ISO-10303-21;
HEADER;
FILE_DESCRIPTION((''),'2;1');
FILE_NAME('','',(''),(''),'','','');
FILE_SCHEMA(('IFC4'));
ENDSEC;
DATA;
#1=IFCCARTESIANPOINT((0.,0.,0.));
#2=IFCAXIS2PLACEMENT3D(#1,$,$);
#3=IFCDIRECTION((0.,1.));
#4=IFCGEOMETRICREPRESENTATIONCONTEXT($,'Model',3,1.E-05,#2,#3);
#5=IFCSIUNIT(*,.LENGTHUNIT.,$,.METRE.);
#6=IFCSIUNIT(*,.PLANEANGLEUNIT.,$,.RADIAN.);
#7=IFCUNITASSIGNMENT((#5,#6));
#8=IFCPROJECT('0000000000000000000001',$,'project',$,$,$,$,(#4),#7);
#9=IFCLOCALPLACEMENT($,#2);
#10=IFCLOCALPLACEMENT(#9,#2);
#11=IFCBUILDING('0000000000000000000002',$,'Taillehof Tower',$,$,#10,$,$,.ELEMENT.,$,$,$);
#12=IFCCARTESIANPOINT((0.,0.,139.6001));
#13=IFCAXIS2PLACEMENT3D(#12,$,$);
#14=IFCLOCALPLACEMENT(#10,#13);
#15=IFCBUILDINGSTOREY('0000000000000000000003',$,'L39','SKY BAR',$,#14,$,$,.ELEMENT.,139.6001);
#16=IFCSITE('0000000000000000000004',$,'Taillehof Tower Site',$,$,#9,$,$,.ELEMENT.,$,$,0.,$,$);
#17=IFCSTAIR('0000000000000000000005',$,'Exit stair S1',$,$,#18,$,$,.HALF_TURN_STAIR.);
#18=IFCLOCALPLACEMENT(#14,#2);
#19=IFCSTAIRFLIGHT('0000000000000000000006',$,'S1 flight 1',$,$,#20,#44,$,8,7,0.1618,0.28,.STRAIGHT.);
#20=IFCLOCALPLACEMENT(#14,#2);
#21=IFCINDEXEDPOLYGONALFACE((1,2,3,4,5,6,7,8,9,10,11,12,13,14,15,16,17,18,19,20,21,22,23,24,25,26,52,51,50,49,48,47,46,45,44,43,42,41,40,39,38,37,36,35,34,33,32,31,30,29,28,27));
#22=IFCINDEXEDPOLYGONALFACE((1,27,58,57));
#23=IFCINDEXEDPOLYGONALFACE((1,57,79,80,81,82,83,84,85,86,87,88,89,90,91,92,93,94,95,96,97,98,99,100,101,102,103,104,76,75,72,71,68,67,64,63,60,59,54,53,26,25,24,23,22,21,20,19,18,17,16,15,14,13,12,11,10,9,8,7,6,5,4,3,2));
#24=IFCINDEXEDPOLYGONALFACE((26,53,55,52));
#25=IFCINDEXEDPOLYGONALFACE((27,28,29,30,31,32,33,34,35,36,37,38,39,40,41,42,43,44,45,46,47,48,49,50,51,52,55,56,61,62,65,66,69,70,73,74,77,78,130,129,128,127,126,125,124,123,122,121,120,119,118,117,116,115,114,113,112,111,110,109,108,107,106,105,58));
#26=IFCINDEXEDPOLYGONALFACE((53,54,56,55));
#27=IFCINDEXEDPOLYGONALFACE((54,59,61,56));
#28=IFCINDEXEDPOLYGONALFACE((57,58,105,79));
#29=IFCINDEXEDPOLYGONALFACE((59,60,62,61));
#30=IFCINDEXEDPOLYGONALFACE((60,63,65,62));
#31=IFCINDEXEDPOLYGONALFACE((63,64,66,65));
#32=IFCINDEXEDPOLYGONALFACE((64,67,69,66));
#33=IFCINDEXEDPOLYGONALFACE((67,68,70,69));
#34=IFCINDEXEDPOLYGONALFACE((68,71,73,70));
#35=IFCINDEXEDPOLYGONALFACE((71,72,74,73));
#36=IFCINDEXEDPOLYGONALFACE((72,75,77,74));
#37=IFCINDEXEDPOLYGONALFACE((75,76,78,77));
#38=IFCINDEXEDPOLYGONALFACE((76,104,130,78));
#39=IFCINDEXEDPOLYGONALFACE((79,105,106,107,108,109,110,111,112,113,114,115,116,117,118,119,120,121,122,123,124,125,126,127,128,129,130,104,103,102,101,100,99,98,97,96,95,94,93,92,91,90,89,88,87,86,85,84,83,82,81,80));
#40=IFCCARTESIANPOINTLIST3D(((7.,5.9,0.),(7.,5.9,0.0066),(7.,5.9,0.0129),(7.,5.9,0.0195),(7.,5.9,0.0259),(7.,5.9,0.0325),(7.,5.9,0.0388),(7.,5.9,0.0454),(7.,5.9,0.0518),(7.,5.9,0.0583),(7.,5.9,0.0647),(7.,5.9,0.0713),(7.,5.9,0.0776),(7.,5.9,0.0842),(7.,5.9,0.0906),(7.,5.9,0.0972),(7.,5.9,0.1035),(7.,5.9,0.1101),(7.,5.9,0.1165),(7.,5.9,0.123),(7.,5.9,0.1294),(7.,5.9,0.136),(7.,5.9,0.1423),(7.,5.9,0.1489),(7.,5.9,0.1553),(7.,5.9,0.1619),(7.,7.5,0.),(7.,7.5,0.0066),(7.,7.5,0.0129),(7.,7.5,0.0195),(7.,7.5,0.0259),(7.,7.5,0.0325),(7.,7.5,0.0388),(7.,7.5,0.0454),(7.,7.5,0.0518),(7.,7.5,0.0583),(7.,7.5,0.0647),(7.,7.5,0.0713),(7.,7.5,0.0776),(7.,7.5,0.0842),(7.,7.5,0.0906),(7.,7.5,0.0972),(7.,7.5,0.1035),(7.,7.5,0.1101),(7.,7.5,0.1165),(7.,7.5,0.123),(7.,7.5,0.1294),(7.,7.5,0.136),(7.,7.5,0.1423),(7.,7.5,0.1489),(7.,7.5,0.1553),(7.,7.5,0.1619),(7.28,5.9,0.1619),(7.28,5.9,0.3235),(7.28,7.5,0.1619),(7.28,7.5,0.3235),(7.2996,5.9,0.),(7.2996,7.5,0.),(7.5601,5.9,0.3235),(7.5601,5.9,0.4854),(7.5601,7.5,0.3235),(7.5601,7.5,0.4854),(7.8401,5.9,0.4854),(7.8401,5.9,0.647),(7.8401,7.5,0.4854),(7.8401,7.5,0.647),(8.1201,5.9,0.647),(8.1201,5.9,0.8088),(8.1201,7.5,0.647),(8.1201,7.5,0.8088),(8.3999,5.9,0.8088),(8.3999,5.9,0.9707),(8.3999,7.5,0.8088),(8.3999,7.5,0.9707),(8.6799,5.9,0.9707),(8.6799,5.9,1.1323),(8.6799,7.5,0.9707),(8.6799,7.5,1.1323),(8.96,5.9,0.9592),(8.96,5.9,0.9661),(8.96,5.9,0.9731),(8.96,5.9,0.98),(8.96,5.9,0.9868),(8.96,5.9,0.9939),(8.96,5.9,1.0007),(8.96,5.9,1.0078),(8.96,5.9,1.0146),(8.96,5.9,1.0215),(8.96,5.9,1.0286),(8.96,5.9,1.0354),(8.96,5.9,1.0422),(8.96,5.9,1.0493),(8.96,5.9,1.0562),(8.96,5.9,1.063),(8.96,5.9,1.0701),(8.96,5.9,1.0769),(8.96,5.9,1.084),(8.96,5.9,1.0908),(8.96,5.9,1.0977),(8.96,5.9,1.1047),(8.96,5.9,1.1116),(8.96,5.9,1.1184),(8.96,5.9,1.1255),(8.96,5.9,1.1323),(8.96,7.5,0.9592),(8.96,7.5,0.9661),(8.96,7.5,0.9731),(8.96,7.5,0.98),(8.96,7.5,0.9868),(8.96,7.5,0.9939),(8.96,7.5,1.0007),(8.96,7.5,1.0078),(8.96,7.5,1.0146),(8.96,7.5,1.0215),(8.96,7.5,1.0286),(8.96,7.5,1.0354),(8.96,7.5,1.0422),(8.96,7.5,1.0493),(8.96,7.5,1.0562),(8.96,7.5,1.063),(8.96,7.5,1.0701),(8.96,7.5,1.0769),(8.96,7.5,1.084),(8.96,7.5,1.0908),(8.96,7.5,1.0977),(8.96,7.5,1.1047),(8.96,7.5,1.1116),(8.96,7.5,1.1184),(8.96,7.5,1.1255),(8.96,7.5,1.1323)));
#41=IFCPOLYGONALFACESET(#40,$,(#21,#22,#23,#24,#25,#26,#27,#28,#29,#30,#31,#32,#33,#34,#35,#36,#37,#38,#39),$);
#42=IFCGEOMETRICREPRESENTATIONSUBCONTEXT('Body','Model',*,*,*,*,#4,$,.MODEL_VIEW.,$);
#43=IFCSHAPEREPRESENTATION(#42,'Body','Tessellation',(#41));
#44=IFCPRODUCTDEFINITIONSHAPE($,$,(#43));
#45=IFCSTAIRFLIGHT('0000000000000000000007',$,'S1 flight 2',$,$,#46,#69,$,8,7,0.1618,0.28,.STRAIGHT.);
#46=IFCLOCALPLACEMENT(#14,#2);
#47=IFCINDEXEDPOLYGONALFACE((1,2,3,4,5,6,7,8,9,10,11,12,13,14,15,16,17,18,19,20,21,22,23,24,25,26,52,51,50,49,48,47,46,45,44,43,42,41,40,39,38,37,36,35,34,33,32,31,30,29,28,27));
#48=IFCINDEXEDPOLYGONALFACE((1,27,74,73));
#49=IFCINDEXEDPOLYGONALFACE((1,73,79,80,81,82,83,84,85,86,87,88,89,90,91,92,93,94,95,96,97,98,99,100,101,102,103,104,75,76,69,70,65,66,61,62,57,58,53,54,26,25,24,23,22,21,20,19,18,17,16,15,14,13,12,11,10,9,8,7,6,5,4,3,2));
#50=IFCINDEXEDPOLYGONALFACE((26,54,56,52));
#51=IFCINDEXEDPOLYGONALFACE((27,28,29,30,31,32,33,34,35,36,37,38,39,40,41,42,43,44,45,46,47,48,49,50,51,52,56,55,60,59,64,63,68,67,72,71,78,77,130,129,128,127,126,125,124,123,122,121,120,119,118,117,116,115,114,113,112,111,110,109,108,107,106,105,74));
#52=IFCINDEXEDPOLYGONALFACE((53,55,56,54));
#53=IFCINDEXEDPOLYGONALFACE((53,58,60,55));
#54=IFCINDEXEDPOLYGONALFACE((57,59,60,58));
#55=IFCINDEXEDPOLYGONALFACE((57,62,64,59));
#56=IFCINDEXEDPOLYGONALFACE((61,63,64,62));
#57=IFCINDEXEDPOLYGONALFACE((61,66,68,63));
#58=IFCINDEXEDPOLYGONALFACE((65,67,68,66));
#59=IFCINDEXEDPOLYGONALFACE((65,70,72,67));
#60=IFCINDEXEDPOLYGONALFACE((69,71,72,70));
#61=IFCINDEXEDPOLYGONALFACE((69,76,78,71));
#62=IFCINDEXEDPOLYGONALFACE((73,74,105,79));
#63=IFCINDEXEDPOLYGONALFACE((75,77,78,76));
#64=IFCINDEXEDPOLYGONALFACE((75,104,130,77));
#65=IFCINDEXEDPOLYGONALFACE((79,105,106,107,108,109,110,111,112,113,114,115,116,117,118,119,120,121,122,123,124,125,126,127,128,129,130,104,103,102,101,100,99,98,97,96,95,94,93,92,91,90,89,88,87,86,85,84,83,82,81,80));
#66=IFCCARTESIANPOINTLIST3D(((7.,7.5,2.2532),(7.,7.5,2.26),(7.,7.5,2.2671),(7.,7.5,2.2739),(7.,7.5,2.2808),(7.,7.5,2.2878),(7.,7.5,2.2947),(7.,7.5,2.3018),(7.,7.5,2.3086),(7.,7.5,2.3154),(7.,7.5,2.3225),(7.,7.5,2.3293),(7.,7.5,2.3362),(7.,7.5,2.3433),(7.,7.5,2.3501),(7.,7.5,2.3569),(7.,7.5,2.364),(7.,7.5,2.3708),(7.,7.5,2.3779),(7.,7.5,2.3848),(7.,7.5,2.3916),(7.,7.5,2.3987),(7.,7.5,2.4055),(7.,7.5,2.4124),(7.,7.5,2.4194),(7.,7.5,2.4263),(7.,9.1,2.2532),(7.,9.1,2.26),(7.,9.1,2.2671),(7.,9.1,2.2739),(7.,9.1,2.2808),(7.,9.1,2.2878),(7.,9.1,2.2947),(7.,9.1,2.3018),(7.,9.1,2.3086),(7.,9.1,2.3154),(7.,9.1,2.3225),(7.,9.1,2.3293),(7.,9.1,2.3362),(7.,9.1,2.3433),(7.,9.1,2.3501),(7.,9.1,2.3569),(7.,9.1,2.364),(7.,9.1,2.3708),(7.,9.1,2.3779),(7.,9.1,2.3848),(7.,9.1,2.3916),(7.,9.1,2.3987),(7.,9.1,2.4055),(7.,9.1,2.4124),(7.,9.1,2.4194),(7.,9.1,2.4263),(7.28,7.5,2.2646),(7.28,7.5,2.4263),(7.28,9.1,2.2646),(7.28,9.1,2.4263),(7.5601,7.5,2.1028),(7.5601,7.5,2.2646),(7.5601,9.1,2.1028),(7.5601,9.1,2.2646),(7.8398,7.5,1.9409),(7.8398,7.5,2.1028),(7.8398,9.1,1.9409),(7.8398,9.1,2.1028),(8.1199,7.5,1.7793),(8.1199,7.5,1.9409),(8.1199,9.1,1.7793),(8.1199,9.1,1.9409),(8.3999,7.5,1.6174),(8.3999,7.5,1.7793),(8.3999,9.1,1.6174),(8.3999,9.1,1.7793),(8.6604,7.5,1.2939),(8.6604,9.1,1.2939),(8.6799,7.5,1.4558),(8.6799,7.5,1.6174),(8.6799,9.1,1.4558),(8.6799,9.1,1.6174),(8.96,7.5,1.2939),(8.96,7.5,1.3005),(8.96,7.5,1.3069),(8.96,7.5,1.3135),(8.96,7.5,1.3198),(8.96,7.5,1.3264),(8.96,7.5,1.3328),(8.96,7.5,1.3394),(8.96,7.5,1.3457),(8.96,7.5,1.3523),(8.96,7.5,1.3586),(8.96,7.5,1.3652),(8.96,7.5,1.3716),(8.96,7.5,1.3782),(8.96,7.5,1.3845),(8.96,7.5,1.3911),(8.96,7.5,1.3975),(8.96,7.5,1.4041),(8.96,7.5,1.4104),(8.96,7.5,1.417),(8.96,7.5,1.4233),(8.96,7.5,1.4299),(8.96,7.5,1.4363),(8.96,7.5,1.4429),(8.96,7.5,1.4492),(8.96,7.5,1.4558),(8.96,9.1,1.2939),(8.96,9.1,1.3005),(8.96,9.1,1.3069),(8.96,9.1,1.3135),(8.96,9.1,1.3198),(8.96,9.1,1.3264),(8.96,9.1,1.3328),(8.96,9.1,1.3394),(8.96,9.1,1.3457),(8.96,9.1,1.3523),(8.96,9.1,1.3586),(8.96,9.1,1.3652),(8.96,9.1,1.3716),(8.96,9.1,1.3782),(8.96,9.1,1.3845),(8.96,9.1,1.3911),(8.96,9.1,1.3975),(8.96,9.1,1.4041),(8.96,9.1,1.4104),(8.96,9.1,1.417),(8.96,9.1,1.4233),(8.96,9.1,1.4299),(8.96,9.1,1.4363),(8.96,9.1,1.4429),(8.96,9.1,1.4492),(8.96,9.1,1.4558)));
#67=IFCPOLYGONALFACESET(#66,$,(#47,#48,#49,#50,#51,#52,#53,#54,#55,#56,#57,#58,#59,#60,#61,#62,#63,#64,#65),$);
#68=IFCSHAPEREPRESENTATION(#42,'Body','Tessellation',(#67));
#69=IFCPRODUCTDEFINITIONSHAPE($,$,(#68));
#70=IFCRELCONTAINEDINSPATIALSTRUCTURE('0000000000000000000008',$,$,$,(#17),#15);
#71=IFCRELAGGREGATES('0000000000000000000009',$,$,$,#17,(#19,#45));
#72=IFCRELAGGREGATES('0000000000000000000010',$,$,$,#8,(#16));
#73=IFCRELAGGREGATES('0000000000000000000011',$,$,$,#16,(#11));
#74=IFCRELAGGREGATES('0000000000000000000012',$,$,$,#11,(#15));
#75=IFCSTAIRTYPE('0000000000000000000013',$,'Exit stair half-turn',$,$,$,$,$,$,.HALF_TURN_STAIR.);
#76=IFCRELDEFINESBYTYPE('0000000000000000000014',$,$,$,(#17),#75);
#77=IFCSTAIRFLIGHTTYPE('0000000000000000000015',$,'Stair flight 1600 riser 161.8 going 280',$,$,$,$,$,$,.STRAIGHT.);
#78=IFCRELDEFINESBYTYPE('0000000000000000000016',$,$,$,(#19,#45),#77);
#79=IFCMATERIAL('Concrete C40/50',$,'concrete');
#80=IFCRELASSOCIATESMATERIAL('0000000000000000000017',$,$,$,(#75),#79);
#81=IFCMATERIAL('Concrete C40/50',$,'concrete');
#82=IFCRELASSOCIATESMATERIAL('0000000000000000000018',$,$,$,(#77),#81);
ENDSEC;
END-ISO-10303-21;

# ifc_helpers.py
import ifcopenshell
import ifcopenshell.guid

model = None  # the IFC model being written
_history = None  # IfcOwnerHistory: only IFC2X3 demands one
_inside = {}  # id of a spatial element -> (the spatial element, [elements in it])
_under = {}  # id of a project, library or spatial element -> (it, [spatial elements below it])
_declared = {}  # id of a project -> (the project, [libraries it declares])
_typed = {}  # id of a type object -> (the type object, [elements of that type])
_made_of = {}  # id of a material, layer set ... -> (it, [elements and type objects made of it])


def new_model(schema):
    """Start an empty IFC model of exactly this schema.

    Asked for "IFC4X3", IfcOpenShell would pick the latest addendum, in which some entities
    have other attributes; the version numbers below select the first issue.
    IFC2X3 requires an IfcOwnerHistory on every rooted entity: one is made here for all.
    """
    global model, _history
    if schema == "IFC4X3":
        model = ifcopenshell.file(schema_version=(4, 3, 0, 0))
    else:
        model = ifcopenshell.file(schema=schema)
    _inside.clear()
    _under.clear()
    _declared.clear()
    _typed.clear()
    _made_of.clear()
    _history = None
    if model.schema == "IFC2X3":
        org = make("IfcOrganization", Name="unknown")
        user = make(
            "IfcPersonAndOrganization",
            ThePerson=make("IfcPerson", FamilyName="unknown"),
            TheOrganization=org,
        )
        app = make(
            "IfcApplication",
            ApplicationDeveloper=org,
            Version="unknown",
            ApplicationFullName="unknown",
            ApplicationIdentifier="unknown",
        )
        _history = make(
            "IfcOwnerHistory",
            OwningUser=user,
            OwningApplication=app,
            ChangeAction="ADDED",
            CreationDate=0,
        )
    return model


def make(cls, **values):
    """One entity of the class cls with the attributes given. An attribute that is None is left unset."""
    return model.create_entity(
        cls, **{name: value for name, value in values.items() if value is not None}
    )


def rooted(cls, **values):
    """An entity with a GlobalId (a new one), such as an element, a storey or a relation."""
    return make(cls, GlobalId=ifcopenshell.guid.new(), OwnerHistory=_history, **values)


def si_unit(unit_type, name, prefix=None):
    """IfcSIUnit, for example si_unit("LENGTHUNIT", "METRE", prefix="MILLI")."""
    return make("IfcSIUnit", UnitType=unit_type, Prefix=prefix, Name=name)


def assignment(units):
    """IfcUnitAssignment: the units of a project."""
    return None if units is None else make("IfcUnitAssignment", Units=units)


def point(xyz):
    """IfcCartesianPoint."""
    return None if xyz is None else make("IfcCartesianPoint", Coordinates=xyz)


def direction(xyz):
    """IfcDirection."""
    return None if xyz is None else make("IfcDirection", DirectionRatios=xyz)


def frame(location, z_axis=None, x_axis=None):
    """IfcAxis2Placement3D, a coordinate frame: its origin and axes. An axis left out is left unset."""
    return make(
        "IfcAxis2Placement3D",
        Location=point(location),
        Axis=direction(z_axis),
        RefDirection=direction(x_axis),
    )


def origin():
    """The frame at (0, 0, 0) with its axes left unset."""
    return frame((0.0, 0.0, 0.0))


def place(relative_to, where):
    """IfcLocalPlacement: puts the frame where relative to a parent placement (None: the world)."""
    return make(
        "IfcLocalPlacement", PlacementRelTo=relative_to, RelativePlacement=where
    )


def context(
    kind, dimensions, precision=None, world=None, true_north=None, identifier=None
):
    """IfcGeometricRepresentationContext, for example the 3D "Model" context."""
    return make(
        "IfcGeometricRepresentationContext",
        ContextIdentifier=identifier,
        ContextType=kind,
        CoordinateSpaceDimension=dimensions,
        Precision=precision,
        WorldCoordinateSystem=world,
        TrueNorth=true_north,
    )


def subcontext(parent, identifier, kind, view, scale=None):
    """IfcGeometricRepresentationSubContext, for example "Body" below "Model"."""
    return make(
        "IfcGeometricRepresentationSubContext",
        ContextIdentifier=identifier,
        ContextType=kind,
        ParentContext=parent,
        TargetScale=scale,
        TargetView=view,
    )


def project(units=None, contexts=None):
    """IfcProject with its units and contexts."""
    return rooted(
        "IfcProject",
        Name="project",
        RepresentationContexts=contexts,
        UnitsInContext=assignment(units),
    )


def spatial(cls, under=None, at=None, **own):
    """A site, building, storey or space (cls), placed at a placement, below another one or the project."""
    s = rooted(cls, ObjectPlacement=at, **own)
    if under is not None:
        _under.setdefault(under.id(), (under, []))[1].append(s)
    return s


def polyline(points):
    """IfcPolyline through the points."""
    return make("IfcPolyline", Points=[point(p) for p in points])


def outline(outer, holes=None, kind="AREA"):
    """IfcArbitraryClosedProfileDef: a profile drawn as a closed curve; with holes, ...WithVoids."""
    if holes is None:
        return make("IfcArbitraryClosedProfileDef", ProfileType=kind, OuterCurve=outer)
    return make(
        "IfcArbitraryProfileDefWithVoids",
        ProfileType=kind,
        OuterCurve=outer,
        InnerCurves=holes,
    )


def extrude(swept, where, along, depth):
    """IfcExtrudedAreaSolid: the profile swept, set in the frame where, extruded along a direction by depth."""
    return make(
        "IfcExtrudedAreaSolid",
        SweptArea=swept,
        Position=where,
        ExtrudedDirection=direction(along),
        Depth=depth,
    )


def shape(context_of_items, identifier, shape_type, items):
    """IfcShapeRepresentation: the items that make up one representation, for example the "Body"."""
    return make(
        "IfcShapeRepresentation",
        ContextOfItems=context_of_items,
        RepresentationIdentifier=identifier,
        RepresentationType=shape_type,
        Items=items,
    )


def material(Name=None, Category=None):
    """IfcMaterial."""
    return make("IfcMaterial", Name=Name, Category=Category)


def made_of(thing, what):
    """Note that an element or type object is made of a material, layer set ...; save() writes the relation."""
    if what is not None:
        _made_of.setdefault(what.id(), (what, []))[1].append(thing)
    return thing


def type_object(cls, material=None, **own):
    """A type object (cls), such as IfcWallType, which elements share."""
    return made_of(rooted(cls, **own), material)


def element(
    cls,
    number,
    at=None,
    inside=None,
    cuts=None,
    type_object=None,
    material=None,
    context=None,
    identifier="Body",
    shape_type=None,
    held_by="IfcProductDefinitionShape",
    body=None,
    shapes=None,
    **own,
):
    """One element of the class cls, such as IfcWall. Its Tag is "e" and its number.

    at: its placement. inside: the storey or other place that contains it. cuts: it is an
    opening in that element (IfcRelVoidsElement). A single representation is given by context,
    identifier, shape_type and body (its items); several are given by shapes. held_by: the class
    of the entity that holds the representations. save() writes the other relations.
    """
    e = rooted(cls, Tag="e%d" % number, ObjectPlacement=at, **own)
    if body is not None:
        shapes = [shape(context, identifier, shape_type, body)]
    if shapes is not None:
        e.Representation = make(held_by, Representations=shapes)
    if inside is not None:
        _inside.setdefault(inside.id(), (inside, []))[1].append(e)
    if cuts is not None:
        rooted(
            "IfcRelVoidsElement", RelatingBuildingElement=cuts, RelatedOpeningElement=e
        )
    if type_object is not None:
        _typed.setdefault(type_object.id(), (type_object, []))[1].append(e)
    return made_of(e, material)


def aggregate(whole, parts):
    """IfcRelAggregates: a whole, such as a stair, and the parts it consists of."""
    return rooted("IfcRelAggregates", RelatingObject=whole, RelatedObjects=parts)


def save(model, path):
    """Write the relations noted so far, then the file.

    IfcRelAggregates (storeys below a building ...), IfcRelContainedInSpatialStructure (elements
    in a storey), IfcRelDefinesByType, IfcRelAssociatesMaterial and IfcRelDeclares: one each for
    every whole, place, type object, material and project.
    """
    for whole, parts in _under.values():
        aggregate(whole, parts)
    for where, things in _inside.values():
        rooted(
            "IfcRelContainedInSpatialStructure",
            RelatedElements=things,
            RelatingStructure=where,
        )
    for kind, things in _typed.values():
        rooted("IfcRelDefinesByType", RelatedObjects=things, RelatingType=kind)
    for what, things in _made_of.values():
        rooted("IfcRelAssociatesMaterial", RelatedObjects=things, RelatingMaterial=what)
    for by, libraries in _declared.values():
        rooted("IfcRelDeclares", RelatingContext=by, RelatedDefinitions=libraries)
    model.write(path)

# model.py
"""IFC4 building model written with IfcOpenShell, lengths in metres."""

from ifc_helpers import new_model, si_unit, direction, frame, origin, place, context, subcontext, project, spatial, polyline, outline, extrude, material, type_object, element, aggregate, save


model = new_model("IFC4")

# Units and contexts
model_context = context("Model", 3, precision=1e-05, world=origin(), true_north=direction((0.0, 1.0)))
body_context = subcontext(model_context, "Body", "Model", "MODEL_VIEW")
ifc_project = project(units=[si_unit("LENGTHUNIT", "METRE"), si_unit("PLANEANGLEUNIT", "RADIAN")], contexts=[model_context])

# Site, building, storey
site_placement = place(None, origin())
site = spatial("IfcSite", under=ifc_project, at=site_placement, Name="Taillehof Tower Site", CompositionType="ELEMENT", RefElevation=0.0)
building_placement = place(site_placement, origin())
building = spatial("IfcBuilding", under=site, at=building_placement, Name="Taillehof Tower", CompositionType="ELEMENT")
storey_placement = place(building_placement, frame((0.0, 0.0, 139.6001)))
storey = spatial("IfcBuildingStorey", under=building, at=storey_placement, Name="L39", Description="SKY BAR", CompositionType="ELEMENT", Elevation=139.6001)

# Stair, stair flights
ifc_material_1 = material(Name="Concrete C40/50", Category="concrete")
stair_type = type_object("IfcStairType", Name="Exit stair half-turn", PredefinedType="HALF_TURN_STAIR", material=ifc_material_1)
stair_placement = place(storey_placement, origin())
stair = element("IfcStair", 1, at=stair_placement, inside=storey, type_object=stair_type, Name="Exit stair S1", PredefinedType="HALF_TURN_STAIR")
ifc_material_2 = material(Name="Concrete C40/50", Category="concrete")
stair_flight_type = type_object("IfcStairFlightType", Name="Stair flight 1600 riser 161.8 going 280", PredefinedType="STRAIGHT", material=ifc_material_2)
stair_flight_1_placement = place(storey_placement, frame((7.0, 6.7, 0.0), z_axis=(0.0, 0.0, 1.0), x_axis=(1.0, 0.0, 0.0)))
stair_flight_1 = element("IfcStairFlight", 2, at=stair_flight_1_placement, type_object=stair_flight_type, Name="S1 flight 1", NumberOfRisers=8, NumberOfTreads=7, PredefinedType="STRAIGHT", RiserHeight=0.1618, TreadLength=0.28, context=body_context, shape_type="SweptSolid", body=[
    extrude(outline(polyline([(0.0, 0.0), (0.0, 0.0066), (0.0, 0.0129), (0.0, 0.0195), (0.0, 0.0259), (0.0, 0.0325), (0.0, 0.0388), (0.0, 0.0454), (0.0, 0.0518), (0.0, 0.0583), (0.0, 0.0647), (0.0, 0.0713), (0.0, 0.0776), (0.0, 0.0842), (0.0, 0.0906), (0.0, 0.0972), (0.0, 0.1035), (0.0, 0.1101), (0.0, 0.1165), (0.0, 0.123), (0.0, 0.1294), (0.0, 0.136), (0.0, 0.1423), (0.0, 0.1489), (0.0, 0.1553), (0.0, 0.1619), (0.28, 0.1619), (0.28, 0.3235), (0.5601, 0.3235), (0.5601, 0.4854), (0.8401, 0.4854), (0.8401, 0.647), (1.1201, 0.647), (1.1201, 0.8088), (1.3999, 0.8088), (1.3999, 0.9707), (1.6799, 0.9707), (1.6799, 1.1323), (1.96, 1.1323), (1.96, 1.1255), (1.96, 1.1184), (1.96, 1.1116), (1.96, 1.1047), (1.96, 1.0977), (1.96, 1.0908), (1.96, 1.084), (1.96, 1.0769), (1.96, 1.0701), (1.96, 1.063), (1.96, 1.0562), (1.96, 1.0493), (1.96, 1.0422), (1.96, 1.0354), (1.96, 1.0286), (1.96, 1.0215), (1.96, 1.0146), (1.96, 1.0078), (1.96, 1.0007), (1.96, 0.9939), (1.96, 0.9868), (1.96, 0.98), (1.96, 0.9731), (1.96, 0.9661), (1.96, 0.9592), (0.2996, 0.0), (0.0, 0.0)])), frame((0.0, 0.8, 0.0), z_axis=(0.0, -1.0, 0.0), x_axis=(1.0, 0.0, 0.0)), (0.0, 0.0, 1.0), 1.6),
])
stair_flight_2_placement = place(storey_placement, frame((8.96, 8.3, 1.2939), z_axis=(0.0, 0.0, 1.0), x_axis=(-1.0, 0.0, 0.0)))
stair_flight_2 = element("IfcStairFlight", 3, at=stair_flight_2_placement, type_object=stair_flight_type, Name="S1 flight 2", NumberOfRisers=8, NumberOfTreads=7, PredefinedType="STRAIGHT", RiserHeight=0.1618, TreadLength=0.28, context=body_context, shape_type="SweptSolid", body=[
    extrude(outline(polyline([(0.0, 0.0), (0.0, 0.0066), (0.0, 0.0129), (0.0, 0.0195), (0.0, 0.0259), (0.0, 0.0325), (0.0, 0.0388), (0.0, 0.0454), (0.0, 0.0518), (0.0, 0.0583), (0.0, 0.0647), (0.0, 0.0713), (0.0, 0.0776), (0.0, 0.0842), (0.0, 0.0906), (0.0, 0.0972), (0.0, 0.1035), (0.0, 0.1101), (0.0, 0.1165), (0.0, 0.123), (0.0, 0.1294), (0.0, 0.136), (0.0, 0.1423), (0.0, 0.1489), (0.0, 0.1553), (0.0, 0.1619), (0.28, 0.1619), (0.28, 0.3235), (0.5601, 0.3235), (0.5601, 0.4854), (0.8401, 0.4854), (0.8401, 0.647), (1.1201, 0.647), (1.1201, 0.8088), (1.3999, 0.8088), (1.3999, 0.9707), (1.6799, 0.9707), (1.6799, 1.1323), (1.96, 1.1323), (1.96, 1.1255), (1.96, 1.1184), (1.96, 1.1116), (1.96, 1.1047), (1.96, 1.0977), (1.96, 1.0908), (1.96, 1.084), (1.96, 1.0769), (1.96, 1.0701), (1.96, 1.063), (1.96, 1.0562), (1.96, 1.0493), (1.96, 1.0422), (1.96, 1.0354), (1.96, 1.0286), (1.96, 1.0215), (1.96, 1.0146), (1.96, 1.0078), (1.96, 1.0007), (1.96, 0.9939), (1.96, 0.9868), (1.96, 0.98), (1.96, 0.9731), (1.96, 0.9661), (1.96, 0.9592), (0.2996, 0.0), (0.0, 0.0)])), frame((0.0, 0.8, 0.0), z_axis=(0.0, -1.0, 0.0), x_axis=(1.0, 0.0, 0.0)), (0.0, 0.0, 1.0), 1.6),
])
aggregate(stair, [stair_flight_1, stair_flight_2])

save(model, "model.ifc")
